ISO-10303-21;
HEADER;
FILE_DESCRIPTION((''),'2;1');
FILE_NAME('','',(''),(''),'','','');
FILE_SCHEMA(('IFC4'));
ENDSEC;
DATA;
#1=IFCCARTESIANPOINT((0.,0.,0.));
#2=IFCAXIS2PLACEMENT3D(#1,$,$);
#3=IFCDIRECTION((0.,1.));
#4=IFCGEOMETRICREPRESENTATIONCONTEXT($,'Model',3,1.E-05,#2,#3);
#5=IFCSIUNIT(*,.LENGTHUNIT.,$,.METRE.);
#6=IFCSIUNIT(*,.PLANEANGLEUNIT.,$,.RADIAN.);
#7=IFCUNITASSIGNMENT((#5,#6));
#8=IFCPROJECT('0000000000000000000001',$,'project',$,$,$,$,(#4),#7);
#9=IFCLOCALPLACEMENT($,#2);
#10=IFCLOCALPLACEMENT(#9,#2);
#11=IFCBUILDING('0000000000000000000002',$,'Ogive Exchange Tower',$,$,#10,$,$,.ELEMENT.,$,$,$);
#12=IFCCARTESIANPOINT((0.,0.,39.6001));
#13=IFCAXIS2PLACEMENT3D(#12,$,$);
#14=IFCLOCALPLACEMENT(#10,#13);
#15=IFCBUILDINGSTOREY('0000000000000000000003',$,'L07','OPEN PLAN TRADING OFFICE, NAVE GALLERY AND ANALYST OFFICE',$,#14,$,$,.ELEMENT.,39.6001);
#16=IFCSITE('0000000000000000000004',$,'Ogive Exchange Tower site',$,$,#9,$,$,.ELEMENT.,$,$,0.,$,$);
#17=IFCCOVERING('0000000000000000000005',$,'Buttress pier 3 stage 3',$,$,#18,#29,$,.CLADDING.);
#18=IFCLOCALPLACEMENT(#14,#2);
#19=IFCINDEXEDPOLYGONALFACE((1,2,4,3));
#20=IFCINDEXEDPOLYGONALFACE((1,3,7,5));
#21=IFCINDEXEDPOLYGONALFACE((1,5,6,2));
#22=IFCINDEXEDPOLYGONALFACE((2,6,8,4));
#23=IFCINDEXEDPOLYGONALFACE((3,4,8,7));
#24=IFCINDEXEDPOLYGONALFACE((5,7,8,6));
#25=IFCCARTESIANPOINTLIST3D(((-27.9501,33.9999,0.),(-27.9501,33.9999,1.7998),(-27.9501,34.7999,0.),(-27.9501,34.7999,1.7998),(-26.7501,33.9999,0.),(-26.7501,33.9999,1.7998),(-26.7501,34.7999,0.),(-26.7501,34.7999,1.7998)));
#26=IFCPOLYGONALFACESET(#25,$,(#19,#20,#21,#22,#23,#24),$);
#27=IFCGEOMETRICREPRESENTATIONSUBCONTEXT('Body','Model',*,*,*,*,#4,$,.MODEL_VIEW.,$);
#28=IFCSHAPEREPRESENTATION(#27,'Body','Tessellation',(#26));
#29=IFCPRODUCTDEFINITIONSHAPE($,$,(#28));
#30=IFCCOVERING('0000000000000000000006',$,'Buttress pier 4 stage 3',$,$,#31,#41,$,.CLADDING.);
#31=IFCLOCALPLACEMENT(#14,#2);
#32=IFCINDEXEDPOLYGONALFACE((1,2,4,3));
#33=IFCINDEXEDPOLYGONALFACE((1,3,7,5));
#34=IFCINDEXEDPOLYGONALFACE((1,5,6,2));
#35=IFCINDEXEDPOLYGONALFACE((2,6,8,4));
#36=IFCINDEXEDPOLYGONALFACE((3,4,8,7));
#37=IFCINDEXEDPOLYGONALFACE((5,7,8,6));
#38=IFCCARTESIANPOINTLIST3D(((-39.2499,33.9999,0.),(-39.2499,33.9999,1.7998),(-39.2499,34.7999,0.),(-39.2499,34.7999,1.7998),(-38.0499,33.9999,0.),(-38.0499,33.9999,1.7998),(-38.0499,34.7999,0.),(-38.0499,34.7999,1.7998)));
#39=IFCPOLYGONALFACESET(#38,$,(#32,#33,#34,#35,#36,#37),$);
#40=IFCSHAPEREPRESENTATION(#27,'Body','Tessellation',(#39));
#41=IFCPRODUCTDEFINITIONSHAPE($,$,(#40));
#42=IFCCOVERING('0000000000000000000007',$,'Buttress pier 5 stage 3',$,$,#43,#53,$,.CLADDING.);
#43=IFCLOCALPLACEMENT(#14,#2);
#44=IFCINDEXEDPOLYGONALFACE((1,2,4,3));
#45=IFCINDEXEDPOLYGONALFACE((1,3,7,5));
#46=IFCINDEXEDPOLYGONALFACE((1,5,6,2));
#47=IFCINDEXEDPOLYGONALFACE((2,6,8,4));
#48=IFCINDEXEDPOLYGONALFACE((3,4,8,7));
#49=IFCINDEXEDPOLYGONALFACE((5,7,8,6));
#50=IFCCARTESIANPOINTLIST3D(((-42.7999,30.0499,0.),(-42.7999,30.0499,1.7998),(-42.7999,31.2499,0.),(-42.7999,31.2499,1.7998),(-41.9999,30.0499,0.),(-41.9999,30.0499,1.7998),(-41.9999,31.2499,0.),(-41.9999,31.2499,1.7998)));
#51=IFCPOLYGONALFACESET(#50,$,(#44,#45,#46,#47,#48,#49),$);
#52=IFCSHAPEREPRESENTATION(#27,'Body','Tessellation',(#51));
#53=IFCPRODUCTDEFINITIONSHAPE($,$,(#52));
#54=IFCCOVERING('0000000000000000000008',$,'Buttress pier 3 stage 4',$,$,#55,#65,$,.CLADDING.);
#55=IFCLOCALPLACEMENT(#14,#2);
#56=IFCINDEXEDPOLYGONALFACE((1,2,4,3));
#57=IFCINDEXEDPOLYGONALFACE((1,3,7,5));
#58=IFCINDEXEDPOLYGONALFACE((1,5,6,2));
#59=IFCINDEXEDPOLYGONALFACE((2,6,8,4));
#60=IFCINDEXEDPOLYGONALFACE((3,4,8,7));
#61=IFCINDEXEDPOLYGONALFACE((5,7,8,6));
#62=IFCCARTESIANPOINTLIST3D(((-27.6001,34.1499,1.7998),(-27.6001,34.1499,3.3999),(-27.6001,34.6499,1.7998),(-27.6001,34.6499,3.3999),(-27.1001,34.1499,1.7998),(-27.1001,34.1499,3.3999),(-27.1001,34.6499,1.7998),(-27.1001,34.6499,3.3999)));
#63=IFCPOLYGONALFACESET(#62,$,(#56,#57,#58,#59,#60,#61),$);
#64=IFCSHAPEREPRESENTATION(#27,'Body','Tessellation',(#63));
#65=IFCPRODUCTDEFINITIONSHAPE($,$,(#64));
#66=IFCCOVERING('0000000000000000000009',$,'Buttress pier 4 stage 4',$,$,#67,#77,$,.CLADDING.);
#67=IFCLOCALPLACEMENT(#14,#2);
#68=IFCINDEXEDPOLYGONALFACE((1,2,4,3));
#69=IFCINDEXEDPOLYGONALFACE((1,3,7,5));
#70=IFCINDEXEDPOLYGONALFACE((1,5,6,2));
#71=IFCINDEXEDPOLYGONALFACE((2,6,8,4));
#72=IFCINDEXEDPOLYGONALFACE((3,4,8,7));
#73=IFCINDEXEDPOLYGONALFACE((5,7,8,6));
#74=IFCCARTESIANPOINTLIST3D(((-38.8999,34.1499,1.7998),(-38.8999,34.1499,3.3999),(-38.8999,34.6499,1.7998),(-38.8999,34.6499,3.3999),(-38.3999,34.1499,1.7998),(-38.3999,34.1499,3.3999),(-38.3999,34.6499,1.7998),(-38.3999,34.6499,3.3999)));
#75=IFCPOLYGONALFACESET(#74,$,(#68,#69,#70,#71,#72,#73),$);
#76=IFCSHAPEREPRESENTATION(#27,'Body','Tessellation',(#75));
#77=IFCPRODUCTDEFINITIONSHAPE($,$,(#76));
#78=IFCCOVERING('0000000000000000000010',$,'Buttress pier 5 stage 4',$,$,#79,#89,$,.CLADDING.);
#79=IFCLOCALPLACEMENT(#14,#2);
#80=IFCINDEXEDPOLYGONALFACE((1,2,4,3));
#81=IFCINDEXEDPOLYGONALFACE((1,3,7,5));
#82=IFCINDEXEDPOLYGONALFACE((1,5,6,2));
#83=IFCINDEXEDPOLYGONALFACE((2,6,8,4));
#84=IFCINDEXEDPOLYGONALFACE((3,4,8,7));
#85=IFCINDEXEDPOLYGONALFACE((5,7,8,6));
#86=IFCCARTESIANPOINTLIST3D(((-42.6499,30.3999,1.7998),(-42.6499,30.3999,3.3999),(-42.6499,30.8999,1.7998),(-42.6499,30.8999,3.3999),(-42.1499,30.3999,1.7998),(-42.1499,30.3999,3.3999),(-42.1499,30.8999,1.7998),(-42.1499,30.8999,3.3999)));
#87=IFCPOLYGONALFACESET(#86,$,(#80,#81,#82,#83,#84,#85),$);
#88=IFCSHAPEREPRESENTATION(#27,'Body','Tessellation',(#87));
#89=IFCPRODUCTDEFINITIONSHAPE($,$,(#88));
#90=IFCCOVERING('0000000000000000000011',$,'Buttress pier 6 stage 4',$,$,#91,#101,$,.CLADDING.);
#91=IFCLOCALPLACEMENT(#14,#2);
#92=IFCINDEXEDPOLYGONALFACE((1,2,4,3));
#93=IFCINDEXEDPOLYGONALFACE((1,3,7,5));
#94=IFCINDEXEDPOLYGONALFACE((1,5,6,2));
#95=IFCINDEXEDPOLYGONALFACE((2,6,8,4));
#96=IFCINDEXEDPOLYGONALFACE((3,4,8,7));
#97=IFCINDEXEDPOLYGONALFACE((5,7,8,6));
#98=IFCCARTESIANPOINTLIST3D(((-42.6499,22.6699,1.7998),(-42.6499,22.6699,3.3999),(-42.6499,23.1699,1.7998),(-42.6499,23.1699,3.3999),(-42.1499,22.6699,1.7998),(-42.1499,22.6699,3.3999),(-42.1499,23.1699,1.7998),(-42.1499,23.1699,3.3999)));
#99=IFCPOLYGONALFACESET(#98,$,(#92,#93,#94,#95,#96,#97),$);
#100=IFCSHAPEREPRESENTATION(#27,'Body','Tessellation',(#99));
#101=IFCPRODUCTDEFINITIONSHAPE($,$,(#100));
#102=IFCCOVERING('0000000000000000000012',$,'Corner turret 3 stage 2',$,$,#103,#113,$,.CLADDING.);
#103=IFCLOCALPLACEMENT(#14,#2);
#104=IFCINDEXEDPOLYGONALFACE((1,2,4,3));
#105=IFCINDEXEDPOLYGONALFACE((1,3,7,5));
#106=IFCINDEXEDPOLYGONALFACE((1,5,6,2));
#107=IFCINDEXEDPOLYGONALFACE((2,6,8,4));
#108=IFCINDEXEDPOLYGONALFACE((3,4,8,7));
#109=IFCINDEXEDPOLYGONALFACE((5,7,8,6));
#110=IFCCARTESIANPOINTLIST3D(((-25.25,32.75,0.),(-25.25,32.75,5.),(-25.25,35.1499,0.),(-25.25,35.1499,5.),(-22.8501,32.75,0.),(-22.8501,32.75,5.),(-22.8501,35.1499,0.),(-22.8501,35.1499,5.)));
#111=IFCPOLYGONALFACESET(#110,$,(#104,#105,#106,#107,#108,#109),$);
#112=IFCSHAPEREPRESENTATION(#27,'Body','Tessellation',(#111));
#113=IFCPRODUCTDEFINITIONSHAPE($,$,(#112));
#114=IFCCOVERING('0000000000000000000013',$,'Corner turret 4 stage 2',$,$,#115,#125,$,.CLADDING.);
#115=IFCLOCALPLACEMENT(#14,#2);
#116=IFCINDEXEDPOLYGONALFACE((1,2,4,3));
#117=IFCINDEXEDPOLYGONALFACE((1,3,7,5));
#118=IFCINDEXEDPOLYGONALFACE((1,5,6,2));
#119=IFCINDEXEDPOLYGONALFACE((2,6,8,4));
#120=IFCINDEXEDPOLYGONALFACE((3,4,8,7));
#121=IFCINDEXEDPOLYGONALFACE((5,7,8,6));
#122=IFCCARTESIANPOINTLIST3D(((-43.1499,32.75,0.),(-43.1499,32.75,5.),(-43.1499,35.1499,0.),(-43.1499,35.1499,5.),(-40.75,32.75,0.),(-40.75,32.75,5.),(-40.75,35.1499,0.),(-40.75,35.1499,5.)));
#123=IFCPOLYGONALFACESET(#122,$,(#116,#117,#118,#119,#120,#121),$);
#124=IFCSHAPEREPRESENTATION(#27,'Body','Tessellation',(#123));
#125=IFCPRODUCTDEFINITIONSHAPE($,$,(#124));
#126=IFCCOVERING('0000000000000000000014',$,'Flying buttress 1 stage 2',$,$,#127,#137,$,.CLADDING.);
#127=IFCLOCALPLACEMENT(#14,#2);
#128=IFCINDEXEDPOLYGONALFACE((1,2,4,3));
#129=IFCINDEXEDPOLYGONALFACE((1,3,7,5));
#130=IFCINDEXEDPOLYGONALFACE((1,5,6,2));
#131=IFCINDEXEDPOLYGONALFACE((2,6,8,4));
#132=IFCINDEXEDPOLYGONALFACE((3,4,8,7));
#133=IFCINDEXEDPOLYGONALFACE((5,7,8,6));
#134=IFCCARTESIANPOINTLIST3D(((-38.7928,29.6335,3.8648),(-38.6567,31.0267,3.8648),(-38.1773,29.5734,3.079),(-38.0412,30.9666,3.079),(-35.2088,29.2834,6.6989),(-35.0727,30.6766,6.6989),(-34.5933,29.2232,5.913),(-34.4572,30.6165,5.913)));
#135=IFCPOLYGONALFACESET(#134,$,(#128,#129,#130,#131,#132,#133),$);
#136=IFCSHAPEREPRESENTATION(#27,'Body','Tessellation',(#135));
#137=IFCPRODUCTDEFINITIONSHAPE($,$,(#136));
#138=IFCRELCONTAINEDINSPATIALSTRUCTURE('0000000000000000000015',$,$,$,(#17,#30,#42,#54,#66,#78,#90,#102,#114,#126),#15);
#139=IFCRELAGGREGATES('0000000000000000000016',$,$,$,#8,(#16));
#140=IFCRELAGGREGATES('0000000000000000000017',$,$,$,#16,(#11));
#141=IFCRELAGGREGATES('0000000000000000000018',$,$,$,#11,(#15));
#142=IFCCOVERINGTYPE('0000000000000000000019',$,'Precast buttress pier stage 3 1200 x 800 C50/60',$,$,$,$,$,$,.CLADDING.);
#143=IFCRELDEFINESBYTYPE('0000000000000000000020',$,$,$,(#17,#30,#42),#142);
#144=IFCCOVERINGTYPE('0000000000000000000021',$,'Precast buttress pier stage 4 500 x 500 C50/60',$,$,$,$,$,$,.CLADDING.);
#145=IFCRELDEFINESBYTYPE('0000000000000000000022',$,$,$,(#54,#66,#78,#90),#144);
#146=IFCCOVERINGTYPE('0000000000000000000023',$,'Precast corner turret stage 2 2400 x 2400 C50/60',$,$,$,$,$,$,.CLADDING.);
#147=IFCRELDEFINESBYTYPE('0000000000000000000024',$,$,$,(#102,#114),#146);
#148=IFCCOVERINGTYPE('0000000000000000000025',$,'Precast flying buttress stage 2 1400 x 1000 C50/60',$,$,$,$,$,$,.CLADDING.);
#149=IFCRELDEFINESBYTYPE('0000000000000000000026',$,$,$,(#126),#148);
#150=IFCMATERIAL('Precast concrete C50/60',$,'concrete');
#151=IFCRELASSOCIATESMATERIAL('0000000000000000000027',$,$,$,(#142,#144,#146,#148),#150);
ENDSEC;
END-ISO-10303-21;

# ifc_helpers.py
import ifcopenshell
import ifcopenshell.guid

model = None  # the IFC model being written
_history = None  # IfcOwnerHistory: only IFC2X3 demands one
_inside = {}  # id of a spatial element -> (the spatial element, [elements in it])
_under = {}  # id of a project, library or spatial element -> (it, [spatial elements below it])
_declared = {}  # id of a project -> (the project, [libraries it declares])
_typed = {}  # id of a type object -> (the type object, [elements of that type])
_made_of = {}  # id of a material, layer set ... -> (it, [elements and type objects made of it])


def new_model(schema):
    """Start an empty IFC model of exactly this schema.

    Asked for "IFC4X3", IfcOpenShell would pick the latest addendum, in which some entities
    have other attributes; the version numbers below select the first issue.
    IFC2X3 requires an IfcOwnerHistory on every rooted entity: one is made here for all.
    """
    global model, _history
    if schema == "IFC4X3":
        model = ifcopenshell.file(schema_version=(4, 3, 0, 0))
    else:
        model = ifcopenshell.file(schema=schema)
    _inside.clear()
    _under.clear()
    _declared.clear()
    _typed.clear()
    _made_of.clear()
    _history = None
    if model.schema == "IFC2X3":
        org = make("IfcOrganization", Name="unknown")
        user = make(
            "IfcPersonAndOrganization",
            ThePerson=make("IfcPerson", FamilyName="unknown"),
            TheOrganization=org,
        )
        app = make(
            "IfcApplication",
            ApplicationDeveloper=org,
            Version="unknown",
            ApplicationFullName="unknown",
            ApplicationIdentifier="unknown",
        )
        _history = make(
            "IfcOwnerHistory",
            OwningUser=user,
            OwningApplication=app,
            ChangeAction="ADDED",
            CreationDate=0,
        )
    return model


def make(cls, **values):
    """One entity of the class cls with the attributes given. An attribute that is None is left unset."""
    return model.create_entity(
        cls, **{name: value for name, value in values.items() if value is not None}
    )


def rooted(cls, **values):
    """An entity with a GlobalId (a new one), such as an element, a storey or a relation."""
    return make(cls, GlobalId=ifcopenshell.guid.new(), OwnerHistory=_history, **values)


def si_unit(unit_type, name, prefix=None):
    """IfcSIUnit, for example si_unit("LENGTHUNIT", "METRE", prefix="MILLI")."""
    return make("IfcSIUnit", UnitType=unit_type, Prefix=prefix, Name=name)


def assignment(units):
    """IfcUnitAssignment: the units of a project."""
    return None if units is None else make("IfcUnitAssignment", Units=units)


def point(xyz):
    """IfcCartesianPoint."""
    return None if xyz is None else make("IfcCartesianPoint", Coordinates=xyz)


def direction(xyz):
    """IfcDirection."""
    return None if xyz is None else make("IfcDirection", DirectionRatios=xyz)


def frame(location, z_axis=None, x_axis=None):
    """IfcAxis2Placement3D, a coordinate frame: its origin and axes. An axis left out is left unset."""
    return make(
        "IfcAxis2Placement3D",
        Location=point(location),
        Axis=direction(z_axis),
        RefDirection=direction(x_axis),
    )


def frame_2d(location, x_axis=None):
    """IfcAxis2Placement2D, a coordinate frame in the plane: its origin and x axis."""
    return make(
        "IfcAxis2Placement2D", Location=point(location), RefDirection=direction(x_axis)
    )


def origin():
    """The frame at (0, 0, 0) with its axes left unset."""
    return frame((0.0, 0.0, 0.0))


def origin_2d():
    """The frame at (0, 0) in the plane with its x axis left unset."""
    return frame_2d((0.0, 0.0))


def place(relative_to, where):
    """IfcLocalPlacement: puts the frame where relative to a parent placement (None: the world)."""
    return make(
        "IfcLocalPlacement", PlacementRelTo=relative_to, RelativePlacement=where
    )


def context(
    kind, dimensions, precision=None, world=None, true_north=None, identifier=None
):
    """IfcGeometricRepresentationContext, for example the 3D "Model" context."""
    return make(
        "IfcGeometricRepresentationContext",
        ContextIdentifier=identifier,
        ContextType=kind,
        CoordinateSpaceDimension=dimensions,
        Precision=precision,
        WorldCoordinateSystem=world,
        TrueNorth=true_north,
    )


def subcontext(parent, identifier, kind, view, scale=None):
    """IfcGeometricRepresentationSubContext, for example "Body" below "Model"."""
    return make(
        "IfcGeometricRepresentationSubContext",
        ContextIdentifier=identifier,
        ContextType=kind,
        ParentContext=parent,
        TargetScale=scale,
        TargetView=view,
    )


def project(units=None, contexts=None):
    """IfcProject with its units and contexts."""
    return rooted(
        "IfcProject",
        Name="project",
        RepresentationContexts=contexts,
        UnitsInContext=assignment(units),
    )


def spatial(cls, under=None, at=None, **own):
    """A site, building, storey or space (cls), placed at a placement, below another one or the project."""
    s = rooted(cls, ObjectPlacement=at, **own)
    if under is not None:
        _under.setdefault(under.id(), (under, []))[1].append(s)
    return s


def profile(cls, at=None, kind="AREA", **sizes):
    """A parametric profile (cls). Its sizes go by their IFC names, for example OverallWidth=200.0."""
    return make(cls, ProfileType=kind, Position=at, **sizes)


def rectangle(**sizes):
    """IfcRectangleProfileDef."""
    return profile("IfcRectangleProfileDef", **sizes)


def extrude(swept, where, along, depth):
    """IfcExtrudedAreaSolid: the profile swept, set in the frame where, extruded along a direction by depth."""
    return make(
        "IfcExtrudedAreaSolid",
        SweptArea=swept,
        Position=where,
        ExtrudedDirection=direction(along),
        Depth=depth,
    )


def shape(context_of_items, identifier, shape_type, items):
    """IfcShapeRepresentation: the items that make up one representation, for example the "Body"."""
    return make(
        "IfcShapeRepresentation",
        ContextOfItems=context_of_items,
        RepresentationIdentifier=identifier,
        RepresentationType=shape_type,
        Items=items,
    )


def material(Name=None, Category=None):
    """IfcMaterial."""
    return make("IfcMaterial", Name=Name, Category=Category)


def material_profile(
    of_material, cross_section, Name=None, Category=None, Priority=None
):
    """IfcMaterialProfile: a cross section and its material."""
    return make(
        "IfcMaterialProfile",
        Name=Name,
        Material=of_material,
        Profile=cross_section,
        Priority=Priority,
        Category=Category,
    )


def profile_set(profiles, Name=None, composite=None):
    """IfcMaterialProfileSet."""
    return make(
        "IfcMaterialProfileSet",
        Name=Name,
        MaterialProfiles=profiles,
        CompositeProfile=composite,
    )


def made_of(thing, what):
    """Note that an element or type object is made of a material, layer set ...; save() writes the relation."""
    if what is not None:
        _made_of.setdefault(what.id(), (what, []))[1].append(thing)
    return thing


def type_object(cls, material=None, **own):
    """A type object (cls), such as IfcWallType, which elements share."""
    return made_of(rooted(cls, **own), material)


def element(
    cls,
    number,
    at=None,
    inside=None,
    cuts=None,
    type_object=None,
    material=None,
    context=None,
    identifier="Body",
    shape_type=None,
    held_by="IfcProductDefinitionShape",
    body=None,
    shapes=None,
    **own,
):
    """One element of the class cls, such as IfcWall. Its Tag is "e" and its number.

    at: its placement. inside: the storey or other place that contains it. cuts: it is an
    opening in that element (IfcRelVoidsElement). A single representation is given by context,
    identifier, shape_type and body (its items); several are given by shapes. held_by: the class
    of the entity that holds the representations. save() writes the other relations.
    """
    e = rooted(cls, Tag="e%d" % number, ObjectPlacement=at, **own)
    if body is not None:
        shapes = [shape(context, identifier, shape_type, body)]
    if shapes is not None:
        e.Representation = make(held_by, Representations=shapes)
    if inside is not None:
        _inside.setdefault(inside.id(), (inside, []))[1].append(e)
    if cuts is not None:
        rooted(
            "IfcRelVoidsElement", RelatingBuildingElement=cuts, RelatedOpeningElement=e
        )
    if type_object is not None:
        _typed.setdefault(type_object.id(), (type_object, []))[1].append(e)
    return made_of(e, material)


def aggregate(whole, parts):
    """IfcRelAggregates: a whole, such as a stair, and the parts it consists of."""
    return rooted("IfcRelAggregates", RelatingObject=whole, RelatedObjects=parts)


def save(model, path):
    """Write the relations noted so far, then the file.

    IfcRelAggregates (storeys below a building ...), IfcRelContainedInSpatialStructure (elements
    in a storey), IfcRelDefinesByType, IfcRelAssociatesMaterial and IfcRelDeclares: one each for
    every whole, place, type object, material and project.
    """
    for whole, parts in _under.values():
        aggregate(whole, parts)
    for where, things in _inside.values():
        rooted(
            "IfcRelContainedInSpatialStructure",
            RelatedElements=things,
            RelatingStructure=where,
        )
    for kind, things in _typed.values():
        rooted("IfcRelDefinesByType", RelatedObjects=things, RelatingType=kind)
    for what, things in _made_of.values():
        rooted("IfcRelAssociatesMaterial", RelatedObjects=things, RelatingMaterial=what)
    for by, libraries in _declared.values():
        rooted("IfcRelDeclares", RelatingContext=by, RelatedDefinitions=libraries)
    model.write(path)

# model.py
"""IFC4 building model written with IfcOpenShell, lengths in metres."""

from ifc_helpers import new_model, si_unit, direction, frame, origin, origin_2d, place, context, subcontext, project, spatial, rectangle, extrude, material, material_profile, profile_set, type_object, element, save


model = new_model("IFC4")

# Units and contexts
model_context = context("Model", 3, precision=1e-05, world=origin(), true_north=direction((0.0, 1.0)))
body_context = subcontext(model_context, "Body", "Model", "MODEL_VIEW")
ifc_project = project(units=[si_unit("LENGTHUNIT", "METRE"), si_unit("PLANEANGLEUNIT", "RADIAN")], contexts=[model_context])

# Site, building, storey
site_placement = place(None, origin())
site = spatial("IfcSite", under=ifc_project, at=site_placement, Name="Ogive Exchange Tower site", CompositionType="ELEMENT", RefElevation=0.0)
building_placement = place(site_placement, origin())
building = spatial("IfcBuilding", under=site, at=building_placement, Name="Ogive Exchange Tower", CompositionType="ELEMENT")
storey_placement = place(building_placement, frame((0.0, 0.0, 39.6001)))
storey = spatial("IfcBuildingStorey", under=building, at=storey_placement, Name="L07", Description="OPEN PLAN TRADING OFFICE, NAVE GALLERY AND ANALYST OFFICE", CompositionType="ELEMENT", Elevation=39.6001)

# Coverings
ifc_material_1 = material(Name="Precast concrete C50/60", Category="concrete")
ifc_material_profile_1 = material_profile(ifc_material_1, rectangle(XDim=1.2, YDim=0.8, at=origin_2d()), Name="BUTTRESS PIER 3 1200 x 800")
ifc_profile_set_1 = profile_set([ifc_material_profile_1], Name="Precast concrete C50/60")
covering_type_1 = type_object("IfcCoveringType", Name="Precast buttress pier stage 3 1200 x 800 C50/60", PredefinedType="CLADDING", material=ifc_profile_set_1)
for number, where, z_axis, x_axis, name in (
    (1, (-27.3501, 34.3999, 0.0), (0.0, 0.0, 1.0), (1.0, 0.0, 0.0), "Buttress pier 3 stage 3"),
    (2, (-38.6499, 34.3999, 0.0), (0.0, 0.0, 1.0), (1.0, 0.0, 0.0), "Buttress pier 4 stage 3"),
    (3, (-42.3999, 30.6499, 0.0), (0.0, 0.0, 1.0), (0.0, 1.0, 0.0), "Buttress pier 5 stage 3"),
):
    element("IfcCovering", number, at=place(storey_placement, frame(where, z_axis=z_axis, x_axis=x_axis)), inside=storey, type_object=covering_type_1, Name=name, PredefinedType="CLADDING", context=body_context, shape_type="SweptSolid", body=[
        extrude(rectangle(XDim=1.2, YDim=0.8, at=origin_2d()), origin(), (0.0, 0.0, 1.0), 1.7998),
    ])
ifc_material_profile_2 = material_profile(ifc_material_1, rectangle(XDim=0.5, YDim=0.5, at=origin_2d()), Name="BUTTRESS PIER 4 500 x 500")
ifc_profile_set_2 = profile_set([ifc_material_profile_2], Name="Precast concrete C50/60")
covering_type_2 = type_object("IfcCoveringType", Name="Precast buttress pier stage 4 500 x 500 C50/60", PredefinedType="CLADDING", material=ifc_profile_set_2)
for number, where, z_axis, x_axis, name in (
    (4, (-27.3501, 34.3999, 1.7998), (0.0, 0.0, 1.0), (1.0, 0.0, 0.0), "Buttress pier 3 stage 4"),
    (5, (-38.6499, 34.3999, 1.7998), (0.0, 0.0, 1.0), (1.0, 0.0, 0.0), "Buttress pier 4 stage 4"),
    (6, (-42.3999, 30.6499, 1.7998), (0.0, 0.0, 1.0), (0.0, 1.0, 0.0), "Buttress pier 5 stage 4"),
    (7, (-42.3999, 22.9199, 1.7998), (0.0, 0.0, 1.0), (0.0, 1.0, 0.0), "Buttress pier 6 stage 4"),
):
    element("IfcCovering", number, at=place(storey_placement, frame(where, z_axis=z_axis, x_axis=x_axis)), inside=storey, type_object=covering_type_2, Name=name, PredefinedType="CLADDING", context=body_context, shape_type="SweptSolid", body=[
        extrude(rectangle(XDim=0.5, YDim=0.5, at=origin_2d()), origin(), (0.0, 0.0, 1.0), 1.6001),
    ])
ifc_material_profile_3 = material_profile(ifc_material_1, rectangle(XDim=2.3999, YDim=2.3999, at=origin_2d()), Name="CORNER TURRET 2 2400 x 2400")
ifc_profile_set_3 = profile_set([ifc_material_profile_3], Name="Precast concrete C50/60")
covering_type_3 = type_object("IfcCoveringType", Name="Precast corner turret stage 2 2400 x 2400 C50/60", PredefinedType="CLADDING", material=ifc_profile_set_3)
for number, where, z_axis, x_axis, name in (
    (8, (-24.05, 33.95, 0.0), (0.0, 0.0, 1.0), (1.0, 0.0, 0.0), "Corner turret 3 stage 2"),
    (9, (-41.95, 33.95, 0.0), (0.0, 0.0, 1.0), (1.0, 0.0, 0.0), "Corner turret 4 stage 2"),
):
    element("IfcCovering", number, at=place(storey_placement, frame(where, z_axis=z_axis, x_axis=x_axis)), inside=storey, type_object=covering_type_3, Name=name, PredefinedType="CLADDING", context=body_context, shape_type="SweptSolid", body=[
        extrude(rectangle(XDim=2.3999, YDim=2.3999, at=origin_2d()), origin(), (0.0, 0.0, 1.0), 5.0),
    ])
ifc_material_profile_4 = material_profile(ifc_material_1, rectangle(XDim=1.3999, YDim=1.0, at=origin_2d()), Name="FLYING BUTTRESS 2 1400 x 1000")
ifc_profile_set_4 = profile_set([ifc_material_profile_4], Name="Precast concrete C50/60")
covering_type_4 = type_object("IfcCoveringType", Name="Precast flying buttress stage 2 1400 x 1000 C50/60", PredefinedType="CLADDING", material=ifc_profile_set_4)
covering_placement = place(storey_placement, frame((-38.417, 30.3, 3.4719), z_axis=(0.782109, -0.076399, 0.618441), x_axis=(0.097221, 0.995263, 0.0)))
element("IfcCovering", 10, at=covering_placement, inside=storey, type_object=covering_type_4, Name="Flying buttress 1 stage 2", PredefinedType="CLADDING", context=body_context, shape_type="SweptSolid", body=[
    extrude(rectangle(XDim=1.3999, YDim=1.0, at=origin_2d()), origin(), (0.0, 0.0, 1.0), 4.5825),
])

save(model, "model.ifc")
